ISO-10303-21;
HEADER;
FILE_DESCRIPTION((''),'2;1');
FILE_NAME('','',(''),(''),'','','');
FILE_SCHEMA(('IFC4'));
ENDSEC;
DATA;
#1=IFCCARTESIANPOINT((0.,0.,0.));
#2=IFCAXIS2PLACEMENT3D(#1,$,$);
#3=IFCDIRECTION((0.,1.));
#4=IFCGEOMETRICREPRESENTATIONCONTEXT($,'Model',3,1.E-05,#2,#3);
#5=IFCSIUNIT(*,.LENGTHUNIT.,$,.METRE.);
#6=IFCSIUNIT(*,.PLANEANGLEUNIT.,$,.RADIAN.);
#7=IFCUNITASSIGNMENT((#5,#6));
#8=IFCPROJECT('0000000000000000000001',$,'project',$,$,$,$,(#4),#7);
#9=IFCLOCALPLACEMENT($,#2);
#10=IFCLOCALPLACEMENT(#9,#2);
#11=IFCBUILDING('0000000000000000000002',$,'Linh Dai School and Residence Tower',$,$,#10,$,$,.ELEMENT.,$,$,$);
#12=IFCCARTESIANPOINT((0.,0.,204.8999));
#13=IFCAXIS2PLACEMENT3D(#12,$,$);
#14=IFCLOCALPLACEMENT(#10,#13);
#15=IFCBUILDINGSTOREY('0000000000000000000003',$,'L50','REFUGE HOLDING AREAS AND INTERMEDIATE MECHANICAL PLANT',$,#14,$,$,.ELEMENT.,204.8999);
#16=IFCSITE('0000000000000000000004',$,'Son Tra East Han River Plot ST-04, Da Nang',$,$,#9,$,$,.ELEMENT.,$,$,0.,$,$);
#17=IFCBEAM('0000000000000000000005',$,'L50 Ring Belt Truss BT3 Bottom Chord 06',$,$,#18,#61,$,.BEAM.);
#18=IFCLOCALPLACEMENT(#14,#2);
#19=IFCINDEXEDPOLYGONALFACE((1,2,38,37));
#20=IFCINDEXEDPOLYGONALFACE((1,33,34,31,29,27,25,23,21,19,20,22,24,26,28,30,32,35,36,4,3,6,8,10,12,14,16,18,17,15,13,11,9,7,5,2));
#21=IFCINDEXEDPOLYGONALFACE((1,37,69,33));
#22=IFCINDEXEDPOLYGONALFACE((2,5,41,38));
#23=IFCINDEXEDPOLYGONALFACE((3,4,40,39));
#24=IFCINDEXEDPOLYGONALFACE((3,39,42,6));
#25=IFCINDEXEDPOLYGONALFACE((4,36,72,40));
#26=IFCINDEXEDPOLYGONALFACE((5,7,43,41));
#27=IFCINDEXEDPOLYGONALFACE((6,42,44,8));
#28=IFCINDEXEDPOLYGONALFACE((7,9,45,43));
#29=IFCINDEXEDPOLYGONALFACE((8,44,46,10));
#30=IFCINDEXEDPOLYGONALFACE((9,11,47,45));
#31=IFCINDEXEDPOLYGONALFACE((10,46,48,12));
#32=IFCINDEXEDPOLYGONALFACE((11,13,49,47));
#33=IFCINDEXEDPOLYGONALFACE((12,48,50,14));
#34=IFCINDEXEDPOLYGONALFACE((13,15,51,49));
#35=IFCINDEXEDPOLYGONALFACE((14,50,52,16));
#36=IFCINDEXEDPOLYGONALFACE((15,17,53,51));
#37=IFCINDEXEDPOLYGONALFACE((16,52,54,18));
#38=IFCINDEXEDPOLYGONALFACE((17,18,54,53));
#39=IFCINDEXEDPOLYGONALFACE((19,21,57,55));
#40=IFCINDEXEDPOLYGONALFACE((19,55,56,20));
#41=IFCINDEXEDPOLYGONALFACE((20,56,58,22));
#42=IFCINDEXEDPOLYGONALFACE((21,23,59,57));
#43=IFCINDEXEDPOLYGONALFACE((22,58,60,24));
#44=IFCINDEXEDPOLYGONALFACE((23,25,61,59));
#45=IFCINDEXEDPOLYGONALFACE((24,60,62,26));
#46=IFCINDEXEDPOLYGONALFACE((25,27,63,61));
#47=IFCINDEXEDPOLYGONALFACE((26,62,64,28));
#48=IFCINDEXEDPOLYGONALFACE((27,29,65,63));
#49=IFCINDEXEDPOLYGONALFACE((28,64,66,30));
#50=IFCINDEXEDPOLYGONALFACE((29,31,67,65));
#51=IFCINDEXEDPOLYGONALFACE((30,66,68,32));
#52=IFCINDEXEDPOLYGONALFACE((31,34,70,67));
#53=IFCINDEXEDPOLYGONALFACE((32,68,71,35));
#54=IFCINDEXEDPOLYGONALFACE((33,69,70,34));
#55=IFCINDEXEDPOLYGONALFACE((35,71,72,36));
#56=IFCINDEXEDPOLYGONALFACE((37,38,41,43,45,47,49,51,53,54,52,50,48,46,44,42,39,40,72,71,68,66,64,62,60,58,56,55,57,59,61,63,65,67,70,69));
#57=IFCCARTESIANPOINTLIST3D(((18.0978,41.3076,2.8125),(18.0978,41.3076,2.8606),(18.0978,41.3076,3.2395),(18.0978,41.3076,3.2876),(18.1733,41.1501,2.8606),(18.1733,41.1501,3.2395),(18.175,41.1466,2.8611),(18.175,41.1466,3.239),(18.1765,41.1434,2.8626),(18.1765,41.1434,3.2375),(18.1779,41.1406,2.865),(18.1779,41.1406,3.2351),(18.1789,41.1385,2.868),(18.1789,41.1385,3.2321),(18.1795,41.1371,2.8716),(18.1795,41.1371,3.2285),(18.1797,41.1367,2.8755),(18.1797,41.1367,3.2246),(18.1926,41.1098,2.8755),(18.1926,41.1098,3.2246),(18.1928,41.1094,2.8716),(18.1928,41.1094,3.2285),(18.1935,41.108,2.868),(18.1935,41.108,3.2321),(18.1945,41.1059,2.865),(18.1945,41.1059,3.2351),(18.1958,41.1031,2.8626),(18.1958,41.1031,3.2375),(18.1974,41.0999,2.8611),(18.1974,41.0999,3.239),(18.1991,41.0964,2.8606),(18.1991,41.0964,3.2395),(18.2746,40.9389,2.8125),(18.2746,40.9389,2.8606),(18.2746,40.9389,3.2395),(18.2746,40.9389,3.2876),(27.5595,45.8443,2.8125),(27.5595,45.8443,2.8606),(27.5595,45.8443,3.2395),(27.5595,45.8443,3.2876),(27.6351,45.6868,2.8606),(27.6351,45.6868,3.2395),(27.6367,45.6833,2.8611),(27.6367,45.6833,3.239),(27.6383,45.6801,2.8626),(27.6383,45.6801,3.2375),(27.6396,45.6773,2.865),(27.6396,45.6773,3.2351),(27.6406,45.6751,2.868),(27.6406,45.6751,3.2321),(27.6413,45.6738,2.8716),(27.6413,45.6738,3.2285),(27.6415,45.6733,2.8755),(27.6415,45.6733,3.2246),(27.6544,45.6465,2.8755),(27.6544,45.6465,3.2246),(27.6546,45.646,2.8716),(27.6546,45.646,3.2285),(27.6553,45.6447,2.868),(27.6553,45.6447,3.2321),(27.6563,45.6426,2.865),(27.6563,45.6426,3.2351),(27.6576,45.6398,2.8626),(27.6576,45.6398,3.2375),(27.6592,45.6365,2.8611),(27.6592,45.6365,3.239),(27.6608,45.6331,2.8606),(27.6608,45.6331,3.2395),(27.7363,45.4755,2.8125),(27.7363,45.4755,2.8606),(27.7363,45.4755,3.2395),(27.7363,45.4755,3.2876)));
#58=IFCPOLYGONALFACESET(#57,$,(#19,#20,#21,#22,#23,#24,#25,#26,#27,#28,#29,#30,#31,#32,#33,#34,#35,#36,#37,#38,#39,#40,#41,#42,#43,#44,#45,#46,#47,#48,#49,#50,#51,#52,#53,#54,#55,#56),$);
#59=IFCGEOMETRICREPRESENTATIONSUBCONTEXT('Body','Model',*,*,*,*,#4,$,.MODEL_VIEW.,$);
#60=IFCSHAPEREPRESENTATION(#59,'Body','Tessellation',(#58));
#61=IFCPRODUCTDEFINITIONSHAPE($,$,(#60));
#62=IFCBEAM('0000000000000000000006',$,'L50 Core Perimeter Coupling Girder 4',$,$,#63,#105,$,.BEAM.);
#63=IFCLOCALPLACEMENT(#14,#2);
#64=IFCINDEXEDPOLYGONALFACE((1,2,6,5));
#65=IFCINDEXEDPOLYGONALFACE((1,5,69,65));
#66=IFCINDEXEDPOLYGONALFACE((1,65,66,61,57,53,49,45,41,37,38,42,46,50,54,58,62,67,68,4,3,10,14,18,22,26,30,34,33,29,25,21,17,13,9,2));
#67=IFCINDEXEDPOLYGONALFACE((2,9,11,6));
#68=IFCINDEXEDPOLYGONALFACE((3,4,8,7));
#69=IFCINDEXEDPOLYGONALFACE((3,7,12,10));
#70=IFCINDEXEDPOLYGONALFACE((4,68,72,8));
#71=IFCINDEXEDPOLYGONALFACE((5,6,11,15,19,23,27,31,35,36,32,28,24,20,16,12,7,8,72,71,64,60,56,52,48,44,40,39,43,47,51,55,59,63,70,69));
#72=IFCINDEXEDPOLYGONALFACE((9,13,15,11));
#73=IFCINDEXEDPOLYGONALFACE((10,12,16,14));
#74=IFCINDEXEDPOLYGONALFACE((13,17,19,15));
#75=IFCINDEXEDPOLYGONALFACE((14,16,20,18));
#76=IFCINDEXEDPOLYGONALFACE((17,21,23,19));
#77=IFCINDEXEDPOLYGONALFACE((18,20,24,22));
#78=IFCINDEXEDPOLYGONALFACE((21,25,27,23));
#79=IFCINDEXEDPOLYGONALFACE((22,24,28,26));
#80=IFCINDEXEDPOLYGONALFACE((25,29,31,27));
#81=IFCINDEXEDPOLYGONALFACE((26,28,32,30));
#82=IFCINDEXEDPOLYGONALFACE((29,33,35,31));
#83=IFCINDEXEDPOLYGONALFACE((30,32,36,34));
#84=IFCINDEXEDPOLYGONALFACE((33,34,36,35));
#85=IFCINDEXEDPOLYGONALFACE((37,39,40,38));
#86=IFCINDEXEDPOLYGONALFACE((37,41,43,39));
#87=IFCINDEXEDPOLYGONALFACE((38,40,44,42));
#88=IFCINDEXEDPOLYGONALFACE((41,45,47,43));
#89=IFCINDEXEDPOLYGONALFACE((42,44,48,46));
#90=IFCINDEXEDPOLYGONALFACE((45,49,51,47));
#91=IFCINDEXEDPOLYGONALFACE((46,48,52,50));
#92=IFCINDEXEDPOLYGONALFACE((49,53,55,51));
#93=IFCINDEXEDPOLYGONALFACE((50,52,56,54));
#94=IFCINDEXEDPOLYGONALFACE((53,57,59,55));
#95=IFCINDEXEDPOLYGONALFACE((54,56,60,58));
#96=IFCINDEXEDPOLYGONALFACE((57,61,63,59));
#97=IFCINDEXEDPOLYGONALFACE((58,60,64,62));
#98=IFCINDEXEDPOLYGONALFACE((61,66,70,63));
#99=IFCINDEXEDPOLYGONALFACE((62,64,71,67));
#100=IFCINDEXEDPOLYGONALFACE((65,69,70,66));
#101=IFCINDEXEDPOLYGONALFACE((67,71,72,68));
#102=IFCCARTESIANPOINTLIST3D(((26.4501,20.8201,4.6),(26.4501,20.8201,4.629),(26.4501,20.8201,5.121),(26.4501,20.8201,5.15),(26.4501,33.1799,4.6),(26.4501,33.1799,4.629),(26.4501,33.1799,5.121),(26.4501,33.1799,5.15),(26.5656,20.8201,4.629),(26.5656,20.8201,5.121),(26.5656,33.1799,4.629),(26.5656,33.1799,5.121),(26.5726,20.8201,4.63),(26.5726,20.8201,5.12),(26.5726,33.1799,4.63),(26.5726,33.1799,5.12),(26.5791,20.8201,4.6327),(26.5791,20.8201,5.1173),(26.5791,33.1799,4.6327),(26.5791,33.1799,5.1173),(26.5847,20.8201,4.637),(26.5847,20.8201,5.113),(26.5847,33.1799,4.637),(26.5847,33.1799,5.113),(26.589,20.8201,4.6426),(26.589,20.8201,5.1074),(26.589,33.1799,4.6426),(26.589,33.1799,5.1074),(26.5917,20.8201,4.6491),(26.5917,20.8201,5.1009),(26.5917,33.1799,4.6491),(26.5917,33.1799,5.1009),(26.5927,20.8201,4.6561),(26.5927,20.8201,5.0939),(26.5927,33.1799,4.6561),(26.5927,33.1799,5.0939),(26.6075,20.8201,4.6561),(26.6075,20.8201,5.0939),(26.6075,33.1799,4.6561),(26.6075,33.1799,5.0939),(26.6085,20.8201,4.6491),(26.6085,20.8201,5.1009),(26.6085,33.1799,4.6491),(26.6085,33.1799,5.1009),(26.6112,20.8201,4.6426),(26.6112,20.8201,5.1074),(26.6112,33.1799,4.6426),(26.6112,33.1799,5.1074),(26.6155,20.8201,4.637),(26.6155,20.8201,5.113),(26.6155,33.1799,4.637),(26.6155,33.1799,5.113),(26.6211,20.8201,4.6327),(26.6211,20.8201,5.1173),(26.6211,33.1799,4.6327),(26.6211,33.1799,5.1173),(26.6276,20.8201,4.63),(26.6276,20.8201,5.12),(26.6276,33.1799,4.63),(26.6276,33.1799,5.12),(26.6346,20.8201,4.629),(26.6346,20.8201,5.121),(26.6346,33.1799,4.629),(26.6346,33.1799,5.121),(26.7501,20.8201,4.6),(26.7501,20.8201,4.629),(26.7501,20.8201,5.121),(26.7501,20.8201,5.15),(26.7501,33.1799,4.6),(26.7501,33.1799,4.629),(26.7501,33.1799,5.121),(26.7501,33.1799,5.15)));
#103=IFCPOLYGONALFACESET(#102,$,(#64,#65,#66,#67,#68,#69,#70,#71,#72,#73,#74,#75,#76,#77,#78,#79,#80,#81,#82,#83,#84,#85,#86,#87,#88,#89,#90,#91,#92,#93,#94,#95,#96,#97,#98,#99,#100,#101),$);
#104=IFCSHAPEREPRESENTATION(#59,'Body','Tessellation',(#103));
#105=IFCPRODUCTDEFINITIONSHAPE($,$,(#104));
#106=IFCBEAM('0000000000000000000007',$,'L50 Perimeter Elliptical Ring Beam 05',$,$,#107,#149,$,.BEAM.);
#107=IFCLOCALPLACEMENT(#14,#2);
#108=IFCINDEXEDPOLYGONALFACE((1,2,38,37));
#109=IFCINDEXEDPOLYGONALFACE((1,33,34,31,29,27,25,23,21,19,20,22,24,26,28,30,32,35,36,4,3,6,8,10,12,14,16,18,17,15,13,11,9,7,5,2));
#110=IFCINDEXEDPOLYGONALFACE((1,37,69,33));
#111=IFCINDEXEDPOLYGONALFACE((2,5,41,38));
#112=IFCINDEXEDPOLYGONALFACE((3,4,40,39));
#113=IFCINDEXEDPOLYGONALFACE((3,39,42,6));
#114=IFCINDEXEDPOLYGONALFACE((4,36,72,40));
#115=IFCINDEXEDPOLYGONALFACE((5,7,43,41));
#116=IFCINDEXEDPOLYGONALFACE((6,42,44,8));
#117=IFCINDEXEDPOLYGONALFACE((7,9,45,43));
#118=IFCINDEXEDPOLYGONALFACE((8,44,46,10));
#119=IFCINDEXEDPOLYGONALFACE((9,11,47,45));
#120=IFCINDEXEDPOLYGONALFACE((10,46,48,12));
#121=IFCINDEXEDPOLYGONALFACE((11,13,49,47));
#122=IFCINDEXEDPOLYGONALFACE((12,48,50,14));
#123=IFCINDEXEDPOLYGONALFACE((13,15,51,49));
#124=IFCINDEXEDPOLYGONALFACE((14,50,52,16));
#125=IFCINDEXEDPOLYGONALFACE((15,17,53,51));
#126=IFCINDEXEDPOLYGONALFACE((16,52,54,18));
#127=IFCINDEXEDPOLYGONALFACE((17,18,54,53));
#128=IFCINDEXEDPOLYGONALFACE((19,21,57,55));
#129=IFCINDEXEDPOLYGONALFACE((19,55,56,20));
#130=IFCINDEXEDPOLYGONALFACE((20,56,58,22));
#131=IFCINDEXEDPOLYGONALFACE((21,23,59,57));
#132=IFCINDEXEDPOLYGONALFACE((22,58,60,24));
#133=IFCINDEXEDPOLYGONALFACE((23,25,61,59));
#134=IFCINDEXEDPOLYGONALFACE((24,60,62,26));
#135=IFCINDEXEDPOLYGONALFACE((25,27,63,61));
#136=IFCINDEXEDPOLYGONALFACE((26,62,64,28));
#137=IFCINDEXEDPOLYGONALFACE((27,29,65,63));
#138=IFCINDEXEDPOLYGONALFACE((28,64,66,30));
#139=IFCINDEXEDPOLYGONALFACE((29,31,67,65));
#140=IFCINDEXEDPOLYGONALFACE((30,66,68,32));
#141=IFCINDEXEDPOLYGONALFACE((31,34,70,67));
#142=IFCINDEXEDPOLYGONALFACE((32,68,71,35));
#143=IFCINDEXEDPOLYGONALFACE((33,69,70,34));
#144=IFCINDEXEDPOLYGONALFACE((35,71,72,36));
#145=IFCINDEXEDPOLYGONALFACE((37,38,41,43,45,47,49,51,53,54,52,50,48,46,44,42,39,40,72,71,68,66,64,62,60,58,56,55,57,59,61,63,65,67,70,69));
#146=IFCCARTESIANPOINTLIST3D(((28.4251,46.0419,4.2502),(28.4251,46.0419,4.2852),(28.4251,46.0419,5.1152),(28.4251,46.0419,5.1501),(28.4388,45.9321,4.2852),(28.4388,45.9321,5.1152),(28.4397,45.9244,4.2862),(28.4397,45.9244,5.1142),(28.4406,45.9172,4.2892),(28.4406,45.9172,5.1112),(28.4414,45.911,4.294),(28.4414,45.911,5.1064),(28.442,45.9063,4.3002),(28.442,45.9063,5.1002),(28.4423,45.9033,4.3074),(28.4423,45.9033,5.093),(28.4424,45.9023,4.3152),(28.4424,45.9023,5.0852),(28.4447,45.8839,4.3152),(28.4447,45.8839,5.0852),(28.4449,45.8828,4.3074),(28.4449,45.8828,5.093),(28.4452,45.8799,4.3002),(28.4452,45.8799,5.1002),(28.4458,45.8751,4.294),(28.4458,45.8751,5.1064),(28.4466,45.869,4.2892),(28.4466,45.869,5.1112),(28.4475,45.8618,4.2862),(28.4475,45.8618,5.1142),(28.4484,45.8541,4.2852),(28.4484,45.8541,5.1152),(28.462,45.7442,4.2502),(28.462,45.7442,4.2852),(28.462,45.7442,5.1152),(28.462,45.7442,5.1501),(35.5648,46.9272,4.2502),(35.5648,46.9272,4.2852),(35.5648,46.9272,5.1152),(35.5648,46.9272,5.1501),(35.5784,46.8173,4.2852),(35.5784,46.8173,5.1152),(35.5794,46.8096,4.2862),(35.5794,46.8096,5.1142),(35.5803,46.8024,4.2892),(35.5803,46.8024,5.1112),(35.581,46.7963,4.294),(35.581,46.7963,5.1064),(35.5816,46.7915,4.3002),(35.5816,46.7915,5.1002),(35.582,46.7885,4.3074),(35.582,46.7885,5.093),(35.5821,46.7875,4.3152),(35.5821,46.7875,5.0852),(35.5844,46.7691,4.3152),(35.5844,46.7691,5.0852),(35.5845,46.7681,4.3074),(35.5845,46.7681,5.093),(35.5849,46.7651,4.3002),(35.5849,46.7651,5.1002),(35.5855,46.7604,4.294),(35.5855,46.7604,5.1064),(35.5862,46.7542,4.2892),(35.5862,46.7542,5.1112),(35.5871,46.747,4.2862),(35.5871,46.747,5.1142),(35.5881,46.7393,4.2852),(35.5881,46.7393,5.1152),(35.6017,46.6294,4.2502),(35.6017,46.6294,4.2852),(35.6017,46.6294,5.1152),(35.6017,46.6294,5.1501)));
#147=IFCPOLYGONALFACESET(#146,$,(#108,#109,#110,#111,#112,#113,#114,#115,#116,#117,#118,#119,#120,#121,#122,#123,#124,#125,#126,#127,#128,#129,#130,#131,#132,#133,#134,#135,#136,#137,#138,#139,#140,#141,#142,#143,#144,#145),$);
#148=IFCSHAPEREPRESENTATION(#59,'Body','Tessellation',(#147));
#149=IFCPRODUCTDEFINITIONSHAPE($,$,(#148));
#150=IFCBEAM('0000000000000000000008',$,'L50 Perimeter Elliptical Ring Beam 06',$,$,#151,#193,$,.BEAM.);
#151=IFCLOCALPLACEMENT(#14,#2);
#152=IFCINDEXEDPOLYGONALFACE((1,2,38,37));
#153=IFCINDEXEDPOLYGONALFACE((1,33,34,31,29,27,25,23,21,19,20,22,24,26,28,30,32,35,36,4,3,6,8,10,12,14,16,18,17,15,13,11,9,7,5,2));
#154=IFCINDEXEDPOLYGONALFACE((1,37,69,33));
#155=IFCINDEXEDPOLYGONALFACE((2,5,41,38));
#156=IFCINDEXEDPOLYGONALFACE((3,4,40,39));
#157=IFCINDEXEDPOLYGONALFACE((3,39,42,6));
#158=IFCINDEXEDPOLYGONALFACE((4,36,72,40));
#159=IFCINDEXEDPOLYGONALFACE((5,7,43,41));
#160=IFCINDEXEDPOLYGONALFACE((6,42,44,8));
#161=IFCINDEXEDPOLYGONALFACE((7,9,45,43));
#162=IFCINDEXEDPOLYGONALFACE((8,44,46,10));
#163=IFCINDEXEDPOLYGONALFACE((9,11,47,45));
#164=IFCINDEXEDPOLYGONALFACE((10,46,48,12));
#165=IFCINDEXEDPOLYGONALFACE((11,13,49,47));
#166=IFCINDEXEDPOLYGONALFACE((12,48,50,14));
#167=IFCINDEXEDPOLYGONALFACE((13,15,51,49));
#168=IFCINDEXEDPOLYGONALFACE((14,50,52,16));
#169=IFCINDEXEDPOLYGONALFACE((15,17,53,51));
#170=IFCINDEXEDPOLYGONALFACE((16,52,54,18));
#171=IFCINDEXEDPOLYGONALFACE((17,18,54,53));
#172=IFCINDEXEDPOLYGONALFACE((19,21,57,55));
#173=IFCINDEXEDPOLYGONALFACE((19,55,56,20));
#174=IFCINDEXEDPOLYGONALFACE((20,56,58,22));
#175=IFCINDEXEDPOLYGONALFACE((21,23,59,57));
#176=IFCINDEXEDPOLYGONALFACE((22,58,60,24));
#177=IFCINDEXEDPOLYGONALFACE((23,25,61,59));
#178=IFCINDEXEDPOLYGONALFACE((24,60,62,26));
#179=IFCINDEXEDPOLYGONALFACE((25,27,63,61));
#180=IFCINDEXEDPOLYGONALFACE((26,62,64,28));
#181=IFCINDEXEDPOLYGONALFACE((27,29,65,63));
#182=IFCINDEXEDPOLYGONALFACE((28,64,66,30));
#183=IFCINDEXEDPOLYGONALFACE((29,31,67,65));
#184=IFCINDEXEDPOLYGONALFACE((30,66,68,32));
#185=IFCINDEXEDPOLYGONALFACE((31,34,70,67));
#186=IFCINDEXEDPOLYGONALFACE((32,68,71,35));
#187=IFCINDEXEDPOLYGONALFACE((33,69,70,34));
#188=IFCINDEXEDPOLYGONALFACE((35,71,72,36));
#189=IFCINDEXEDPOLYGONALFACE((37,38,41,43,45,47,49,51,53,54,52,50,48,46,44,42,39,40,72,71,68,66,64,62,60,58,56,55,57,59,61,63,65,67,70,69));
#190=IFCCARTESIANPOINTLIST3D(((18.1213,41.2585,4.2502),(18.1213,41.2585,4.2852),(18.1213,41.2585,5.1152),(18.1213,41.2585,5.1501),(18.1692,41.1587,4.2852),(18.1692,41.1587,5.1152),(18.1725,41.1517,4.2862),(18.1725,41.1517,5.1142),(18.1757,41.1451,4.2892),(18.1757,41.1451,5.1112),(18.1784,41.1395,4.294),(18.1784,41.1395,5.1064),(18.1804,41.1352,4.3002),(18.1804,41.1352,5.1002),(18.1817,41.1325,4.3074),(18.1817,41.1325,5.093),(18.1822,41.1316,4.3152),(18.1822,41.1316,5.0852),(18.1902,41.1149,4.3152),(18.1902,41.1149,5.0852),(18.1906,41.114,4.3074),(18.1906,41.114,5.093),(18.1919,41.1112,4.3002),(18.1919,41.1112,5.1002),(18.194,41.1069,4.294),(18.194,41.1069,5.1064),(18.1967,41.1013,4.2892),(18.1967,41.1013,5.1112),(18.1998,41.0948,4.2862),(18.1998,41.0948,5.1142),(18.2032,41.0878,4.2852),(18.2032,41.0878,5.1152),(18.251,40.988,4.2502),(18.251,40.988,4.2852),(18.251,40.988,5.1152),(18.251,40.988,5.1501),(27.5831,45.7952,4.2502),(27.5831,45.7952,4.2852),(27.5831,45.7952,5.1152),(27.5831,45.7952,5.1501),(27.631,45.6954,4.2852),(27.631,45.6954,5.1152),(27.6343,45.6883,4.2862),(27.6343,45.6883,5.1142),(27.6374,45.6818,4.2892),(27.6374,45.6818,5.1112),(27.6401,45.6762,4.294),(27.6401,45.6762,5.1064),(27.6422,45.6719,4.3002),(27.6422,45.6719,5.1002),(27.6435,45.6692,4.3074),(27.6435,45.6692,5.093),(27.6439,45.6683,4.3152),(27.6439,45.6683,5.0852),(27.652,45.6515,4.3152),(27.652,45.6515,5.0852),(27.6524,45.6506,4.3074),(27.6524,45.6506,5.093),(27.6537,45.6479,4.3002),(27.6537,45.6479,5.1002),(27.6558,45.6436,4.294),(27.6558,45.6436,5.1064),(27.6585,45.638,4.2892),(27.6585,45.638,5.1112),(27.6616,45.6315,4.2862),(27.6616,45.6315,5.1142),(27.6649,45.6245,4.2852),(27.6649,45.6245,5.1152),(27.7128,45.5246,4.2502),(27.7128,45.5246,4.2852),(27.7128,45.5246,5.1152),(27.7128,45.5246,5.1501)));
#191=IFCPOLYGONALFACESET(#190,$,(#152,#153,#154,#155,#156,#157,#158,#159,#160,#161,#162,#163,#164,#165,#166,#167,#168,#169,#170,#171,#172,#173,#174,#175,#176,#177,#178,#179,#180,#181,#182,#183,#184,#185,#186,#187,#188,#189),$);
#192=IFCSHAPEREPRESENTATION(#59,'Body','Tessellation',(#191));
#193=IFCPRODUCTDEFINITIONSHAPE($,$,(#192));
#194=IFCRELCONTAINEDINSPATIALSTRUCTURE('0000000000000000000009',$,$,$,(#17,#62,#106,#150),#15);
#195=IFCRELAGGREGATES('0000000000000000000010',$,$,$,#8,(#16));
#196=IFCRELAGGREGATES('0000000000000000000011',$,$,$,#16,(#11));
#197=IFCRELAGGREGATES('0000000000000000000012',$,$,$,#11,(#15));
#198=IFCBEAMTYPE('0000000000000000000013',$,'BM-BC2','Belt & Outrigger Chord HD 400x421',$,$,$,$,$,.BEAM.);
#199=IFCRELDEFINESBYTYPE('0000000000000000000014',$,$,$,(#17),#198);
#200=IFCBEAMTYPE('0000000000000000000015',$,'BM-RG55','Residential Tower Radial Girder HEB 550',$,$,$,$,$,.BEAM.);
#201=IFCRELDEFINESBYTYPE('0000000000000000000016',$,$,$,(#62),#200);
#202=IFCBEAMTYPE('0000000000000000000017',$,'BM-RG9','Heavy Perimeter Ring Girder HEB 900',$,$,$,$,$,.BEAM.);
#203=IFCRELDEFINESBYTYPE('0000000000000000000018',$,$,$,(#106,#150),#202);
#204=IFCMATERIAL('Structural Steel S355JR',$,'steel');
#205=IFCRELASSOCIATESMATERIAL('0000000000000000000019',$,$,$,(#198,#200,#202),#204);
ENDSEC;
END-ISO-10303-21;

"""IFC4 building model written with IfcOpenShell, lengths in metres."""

from ifc_helpers import new_model, si_unit, direction, frame, origin, origin_2d, place, context, subcontext, project, spatial, i_section, extrude, material, material_profile, profile_set, type_object, element, save


model = new_model("IFC4")

# Units and contexts
model_context = context("Model", 3, precision=1e-05, world=origin(), true_north=direction((0.0, 1.0)))
body_context = subcontext(model_context, "Body", "Model", "MODEL_VIEW")
ifc_project = project(units=[si_unit("LENGTHUNIT", "METRE"), si_unit("PLANEANGLEUNIT", "RADIAN")], contexts=[model_context])

# Site, building, storey
site_placement = place(None, origin())
site = spatial("IfcSite", under=ifc_project, at=site_placement, Name="Son Tra East Han River Plot ST-04, Da Nang", CompositionType="ELEMENT", RefElevation=0.0)
building_placement = place(site_placement, origin())
building = spatial("IfcBuilding", under=site, at=building_placement, Name="Linh Dai School and Residence Tower", CompositionType="ELEMENT")
storey_placement = place(building_placement, frame((0.0, 0.0, 204.8999)))
storey = spatial("IfcBuildingStorey", under=building, at=storey_placement, Name="L50", Description="REFUGE HOLDING AREAS AND INTERMEDIATE MECHANICAL PLANT", CompositionType="ELEMENT", Elevation=204.8999)

# Shared definitions
ifc_material_1 = material(Name="Structural Steel S355JR", Category="steel")

# Beams
ifc_material_profile_1 = material_profile(ifc_material_1, i_section(OverallWidth=0.4089, OverallDepth=0.4751, WebThickness=0.0298, FlangeThickness=0.0481, FilletRadius=0.0149, at=origin_2d()), Name="HD 400x421")
ifc_profile_set_1 = profile_set([ifc_material_profile_1], Name="Structural Steel S355JR")
beam_type_1 = type_object("IfcBeamType", Name="BM-BC2", Description="Belt & Outrigger Chord HD 400x421", PredefinedType="BEAM", material=ifc_profile_set_1)
beam_1_placement = place(storey_placement, frame((27.6479, 45.6599, 3.05), z_axis=(-0.901708, -0.432345, 0.0), x_axis=(0.432345, -0.901708, 0.0)))
element("IfcBeam", 1, at=beam_1_placement, inside=storey, type_object=beam_type_1, Name="L50 Ring Belt Truss BT3 Bottom Chord 06", PredefinedType="BEAM", context=body_context, shape_type="SweptSolid", body=[
    extrude(i_section(OverallWidth=0.4089, OverallDepth=0.4751, WebThickness=0.0298, FlangeThickness=0.0481, FilletRadius=0.0149, at=origin_2d()), origin(), (0.0, 0.0, 1.0), 10.4932),
])
ifc_material_profile_2 = material_profile(ifc_material_1, i_section(OverallWidth=0.3, OverallDepth=0.55, WebThickness=0.0149, FlangeThickness=0.0291, FilletRadius=0.0271, at=origin_2d()), Name="HEB 550")
ifc_profile_set_2 = profile_set([ifc_material_profile_2], Name="Structural Steel S355JR")
beam_type_2 = type_object("IfcBeamType", Name="BM-RG55", Description="Residential Tower Radial Girder HEB 550", PredefinedType="BEAM", material=ifc_profile_set_2)
beam_2_placement = place(storey_placement, frame((26.6001, 33.1799, 4.875), z_axis=(0.0, -1.0, 0.0), x_axis=(1.0, 0.0, 0.0)))
element("IfcBeam", 2, at=beam_2_placement, inside=storey, type_object=beam_type_2, Name="L50 Core Perimeter Coupling Girder 4", PredefinedType="BEAM", context=body_context, shape_type="SweptSolid", body=[
    extrude(i_section(OverallWidth=0.3, OverallDepth=0.55, WebThickness=0.0149, FlangeThickness=0.0291, FilletRadius=0.0271, at=origin_2d()), origin(), (0.0, 0.0, 1.0), 12.3599),
])
ifc_material_profile_3 = material_profile(ifc_material_1, i_section(OverallWidth=0.3, OverallDepth=0.8999, WebThickness=0.0186, FlangeThickness=0.0349, FilletRadius=0.03, at=origin_2d()), Name="HEB 900")
ifc_profile_set_3 = profile_set([ifc_material_profile_3], Name="Structural Steel S355JR")
beam_type_3 = type_object("IfcBeamType", Name="BM-RG9", Description="Heavy Perimeter Ring Girder HEB 900", PredefinedType="BEAM", material=ifc_profile_set_3)
beam_3_placement = place(storey_placement, frame((35.5833, 46.7783, 4.7002), z_axis=(-0.992401, -0.123049, 0.0), x_axis=(0.123049, -0.992401, 0.0)))
element("IfcBeam", 3, at=beam_3_placement, inside=storey, type_object=beam_type_3, Name="L50 Perimeter Elliptical Ring Beam 05", PredefinedType="BEAM", context=body_context, shape_type="SweptSolid", body=[
    extrude(i_section(OverallWidth=0.3, OverallDepth=0.8999, WebThickness=0.0186, FlangeThickness=0.0349, FilletRadius=0.03, at=origin_2d()), origin(), (0.0, 0.0, 1.0), 7.1943),
])
beam_4_placement = place(storey_placement, frame((27.6479, 45.6599, 4.7002), z_axis=(-0.901708, -0.432345, 0.0), x_axis=(0.432345, -0.901708, 0.0)))
element("IfcBeam", 4, at=beam_4_placement, inside=storey, type_object=beam_type_3, Name="L50 Perimeter Elliptical Ring Beam 06", PredefinedType="BEAM", context=body_context, shape_type="SweptSolid", body=[
    extrude(i_section(OverallWidth=0.3, OverallDepth=0.8999, WebThickness=0.0186, FlangeThickness=0.0349, FilletRadius=0.03, at=origin_2d()), origin(), (0.0, 0.0, 1.0), 10.4932),
])

save(model, "model.ifc")
